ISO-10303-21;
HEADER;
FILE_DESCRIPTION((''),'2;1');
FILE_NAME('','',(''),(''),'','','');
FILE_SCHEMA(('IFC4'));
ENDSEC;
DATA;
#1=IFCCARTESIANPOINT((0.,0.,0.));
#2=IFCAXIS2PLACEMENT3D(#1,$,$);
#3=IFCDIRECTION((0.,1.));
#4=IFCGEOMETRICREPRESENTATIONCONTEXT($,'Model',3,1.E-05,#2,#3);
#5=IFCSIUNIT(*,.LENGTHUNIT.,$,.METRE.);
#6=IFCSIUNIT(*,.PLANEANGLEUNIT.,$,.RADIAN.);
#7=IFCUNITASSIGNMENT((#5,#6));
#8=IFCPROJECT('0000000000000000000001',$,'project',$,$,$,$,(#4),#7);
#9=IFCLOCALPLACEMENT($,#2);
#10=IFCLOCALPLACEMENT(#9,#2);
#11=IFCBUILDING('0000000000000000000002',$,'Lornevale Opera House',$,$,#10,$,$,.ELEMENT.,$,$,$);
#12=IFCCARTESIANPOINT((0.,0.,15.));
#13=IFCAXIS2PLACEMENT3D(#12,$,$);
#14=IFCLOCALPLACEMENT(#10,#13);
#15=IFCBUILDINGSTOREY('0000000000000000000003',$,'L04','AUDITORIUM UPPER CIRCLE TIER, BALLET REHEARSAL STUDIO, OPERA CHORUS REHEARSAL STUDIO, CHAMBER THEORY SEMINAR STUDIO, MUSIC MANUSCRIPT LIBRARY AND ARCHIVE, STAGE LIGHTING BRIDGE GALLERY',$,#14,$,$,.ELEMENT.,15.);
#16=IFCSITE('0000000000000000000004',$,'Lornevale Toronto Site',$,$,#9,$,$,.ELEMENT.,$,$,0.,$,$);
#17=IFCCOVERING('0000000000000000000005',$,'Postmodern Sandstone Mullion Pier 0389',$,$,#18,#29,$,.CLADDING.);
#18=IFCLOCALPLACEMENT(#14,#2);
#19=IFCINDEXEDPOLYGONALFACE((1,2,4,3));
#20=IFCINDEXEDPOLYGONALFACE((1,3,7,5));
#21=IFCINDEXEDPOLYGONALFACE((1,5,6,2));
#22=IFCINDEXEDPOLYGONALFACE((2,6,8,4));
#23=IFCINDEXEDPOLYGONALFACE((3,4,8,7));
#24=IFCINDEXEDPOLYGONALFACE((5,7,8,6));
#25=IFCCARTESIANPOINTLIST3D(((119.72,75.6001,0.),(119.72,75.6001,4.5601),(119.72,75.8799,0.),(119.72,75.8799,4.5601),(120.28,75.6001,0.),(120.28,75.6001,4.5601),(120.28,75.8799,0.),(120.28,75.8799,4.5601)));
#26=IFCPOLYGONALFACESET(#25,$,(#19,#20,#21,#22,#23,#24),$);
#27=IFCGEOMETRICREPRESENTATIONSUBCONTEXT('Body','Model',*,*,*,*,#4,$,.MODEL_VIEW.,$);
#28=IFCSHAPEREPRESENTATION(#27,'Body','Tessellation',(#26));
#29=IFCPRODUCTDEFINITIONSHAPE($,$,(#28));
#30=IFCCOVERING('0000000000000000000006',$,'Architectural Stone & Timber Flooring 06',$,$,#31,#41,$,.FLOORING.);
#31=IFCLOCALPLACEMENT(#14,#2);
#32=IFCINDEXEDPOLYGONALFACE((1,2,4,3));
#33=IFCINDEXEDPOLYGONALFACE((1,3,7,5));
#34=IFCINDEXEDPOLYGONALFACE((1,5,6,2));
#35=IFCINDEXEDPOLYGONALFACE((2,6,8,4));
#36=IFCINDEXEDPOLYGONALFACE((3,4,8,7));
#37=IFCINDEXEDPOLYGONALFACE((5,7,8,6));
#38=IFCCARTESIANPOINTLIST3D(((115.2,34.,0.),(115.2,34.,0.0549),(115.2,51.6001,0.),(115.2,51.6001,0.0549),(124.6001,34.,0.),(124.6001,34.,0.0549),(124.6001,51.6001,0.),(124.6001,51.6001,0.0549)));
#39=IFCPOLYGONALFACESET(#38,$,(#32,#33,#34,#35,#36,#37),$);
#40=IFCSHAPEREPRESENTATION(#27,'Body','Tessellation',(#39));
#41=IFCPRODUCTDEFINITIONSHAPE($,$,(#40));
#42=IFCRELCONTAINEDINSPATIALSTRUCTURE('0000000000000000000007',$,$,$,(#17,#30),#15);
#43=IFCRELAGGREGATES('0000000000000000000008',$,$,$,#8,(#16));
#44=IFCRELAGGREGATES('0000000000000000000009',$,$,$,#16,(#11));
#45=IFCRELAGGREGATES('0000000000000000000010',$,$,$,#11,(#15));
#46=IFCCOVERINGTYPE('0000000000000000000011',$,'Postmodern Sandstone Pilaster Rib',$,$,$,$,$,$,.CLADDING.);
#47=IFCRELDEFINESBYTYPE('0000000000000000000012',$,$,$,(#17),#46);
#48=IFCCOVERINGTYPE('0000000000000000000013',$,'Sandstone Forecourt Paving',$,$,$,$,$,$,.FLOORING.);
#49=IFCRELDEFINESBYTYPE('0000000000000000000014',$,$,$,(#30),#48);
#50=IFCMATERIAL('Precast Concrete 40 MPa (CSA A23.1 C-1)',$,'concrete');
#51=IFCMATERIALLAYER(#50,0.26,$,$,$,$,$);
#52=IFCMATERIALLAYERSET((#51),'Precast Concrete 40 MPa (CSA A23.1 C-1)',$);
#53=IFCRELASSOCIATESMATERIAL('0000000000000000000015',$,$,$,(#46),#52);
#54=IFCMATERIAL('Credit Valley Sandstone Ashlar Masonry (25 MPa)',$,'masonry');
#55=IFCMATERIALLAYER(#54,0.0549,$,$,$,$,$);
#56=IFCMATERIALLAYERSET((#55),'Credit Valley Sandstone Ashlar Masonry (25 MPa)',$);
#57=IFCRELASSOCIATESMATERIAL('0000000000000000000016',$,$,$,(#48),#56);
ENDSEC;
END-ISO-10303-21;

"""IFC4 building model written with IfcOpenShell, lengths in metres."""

from ifc_helpers import new_model, si_unit, direction, frame, origin, place, context, subcontext, project, spatial, polyline, outline, extrude, material, layer, layer_set, type_object, element, save


model = new_model("IFC4")

# Units and contexts
model_context = context("Model", 3, precision=1e-05, world=origin(), true_north=direction((0.0, 1.0)))
body_context = subcontext(model_context, "Body", "Model", "MODEL_VIEW")
ifc_project = project(units=[si_unit("LENGTHUNIT", "METRE"), si_unit("PLANEANGLEUNIT", "RADIAN")], contexts=[model_context])

# Site, building, storey
site_placement = place(None, origin())
site = spatial("IfcSite", under=ifc_project, at=site_placement, Name="Lornevale Toronto Site", CompositionType="ELEMENT", RefElevation=0.0)
building_placement = place(site_placement, origin())
building = spatial("IfcBuilding", under=site, at=building_placement, Name="Lornevale Opera House", CompositionType="ELEMENT")
storey_placement = place(building_placement, frame((0.0, 0.0, 15.0)))
storey = spatial("IfcBuildingStorey", under=building, at=storey_placement, Name="L04", Description="AUDITORIUM UPPER CIRCLE TIER, BALLET REHEARSAL STUDIO, OPERA CHORUS REHEARSAL STUDIO, CHAMBER THEORY SEMINAR STUDIO, MUSIC MANUSCRIPT LIBRARY AND ARCHIVE, STAGE LIGHTING BRIDGE GALLERY", CompositionType="ELEMENT", Elevation=15.0)

# Coverings
ifc_material_1 = material(Name="Precast Concrete 40 MPa (CSA A23.1 C-1)", Category="concrete")
ifc_layer_1 = layer(ifc_material_1, 0.26)
ifc_layer_set_1 = layer_set([ifc_layer_1], Name="Precast Concrete 40 MPa (CSA A23.1 C-1)")
covering_type_1 = type_object("IfcCoveringType", Name="Postmodern Sandstone Pilaster Rib", PredefinedType="CLADDING", material=ifc_layer_set_1)
covering_1_placement = place(storey_placement, origin())
element("IfcCovering", 1, at=covering_1_placement, inside=storey, type_object=covering_type_1, Name="Postmodern Sandstone Mullion Pier 0389", PredefinedType="CLADDING", context=body_context, shape_type="SweptSolid", body=[
    extrude(outline(polyline([(119.72, 75.6001), (120.28, 75.6001), (120.28, 75.8799), (119.72, 75.8799), (119.72, 75.6001)])), origin(), (0.0, 0.0, 1.0), 4.5601),
])
ifc_material_2 = material(Name="Credit Valley Sandstone Ashlar Masonry (25 MPa)", Category="masonry")
ifc_layer_2 = layer(ifc_material_2, 0.0549)
ifc_layer_set_2 = layer_set([ifc_layer_2], Name="Credit Valley Sandstone Ashlar Masonry (25 MPa)")
covering_type_2 = type_object("IfcCoveringType", Name="Sandstone Forecourt Paving", PredefinedType="FLOORING", material=ifc_layer_set_2)
covering_2_placement = place(storey_placement, origin())
element("IfcCovering", 2, at=covering_2_placement, inside=storey, type_object=covering_type_2, Name="Architectural Stone & Timber Flooring 06", PredefinedType="FLOORING", context=body_context, shape_type="SweptSolid", body=[
    extrude(outline(polyline([(115.2, 34.0), (124.6001, 34.0), (124.6001, 51.6001), (115.2, 51.6001), (115.2, 34.0)])), origin(), (0.0, 0.0, 1.0), 0.0549),
])

save(model, "model.ifc")
